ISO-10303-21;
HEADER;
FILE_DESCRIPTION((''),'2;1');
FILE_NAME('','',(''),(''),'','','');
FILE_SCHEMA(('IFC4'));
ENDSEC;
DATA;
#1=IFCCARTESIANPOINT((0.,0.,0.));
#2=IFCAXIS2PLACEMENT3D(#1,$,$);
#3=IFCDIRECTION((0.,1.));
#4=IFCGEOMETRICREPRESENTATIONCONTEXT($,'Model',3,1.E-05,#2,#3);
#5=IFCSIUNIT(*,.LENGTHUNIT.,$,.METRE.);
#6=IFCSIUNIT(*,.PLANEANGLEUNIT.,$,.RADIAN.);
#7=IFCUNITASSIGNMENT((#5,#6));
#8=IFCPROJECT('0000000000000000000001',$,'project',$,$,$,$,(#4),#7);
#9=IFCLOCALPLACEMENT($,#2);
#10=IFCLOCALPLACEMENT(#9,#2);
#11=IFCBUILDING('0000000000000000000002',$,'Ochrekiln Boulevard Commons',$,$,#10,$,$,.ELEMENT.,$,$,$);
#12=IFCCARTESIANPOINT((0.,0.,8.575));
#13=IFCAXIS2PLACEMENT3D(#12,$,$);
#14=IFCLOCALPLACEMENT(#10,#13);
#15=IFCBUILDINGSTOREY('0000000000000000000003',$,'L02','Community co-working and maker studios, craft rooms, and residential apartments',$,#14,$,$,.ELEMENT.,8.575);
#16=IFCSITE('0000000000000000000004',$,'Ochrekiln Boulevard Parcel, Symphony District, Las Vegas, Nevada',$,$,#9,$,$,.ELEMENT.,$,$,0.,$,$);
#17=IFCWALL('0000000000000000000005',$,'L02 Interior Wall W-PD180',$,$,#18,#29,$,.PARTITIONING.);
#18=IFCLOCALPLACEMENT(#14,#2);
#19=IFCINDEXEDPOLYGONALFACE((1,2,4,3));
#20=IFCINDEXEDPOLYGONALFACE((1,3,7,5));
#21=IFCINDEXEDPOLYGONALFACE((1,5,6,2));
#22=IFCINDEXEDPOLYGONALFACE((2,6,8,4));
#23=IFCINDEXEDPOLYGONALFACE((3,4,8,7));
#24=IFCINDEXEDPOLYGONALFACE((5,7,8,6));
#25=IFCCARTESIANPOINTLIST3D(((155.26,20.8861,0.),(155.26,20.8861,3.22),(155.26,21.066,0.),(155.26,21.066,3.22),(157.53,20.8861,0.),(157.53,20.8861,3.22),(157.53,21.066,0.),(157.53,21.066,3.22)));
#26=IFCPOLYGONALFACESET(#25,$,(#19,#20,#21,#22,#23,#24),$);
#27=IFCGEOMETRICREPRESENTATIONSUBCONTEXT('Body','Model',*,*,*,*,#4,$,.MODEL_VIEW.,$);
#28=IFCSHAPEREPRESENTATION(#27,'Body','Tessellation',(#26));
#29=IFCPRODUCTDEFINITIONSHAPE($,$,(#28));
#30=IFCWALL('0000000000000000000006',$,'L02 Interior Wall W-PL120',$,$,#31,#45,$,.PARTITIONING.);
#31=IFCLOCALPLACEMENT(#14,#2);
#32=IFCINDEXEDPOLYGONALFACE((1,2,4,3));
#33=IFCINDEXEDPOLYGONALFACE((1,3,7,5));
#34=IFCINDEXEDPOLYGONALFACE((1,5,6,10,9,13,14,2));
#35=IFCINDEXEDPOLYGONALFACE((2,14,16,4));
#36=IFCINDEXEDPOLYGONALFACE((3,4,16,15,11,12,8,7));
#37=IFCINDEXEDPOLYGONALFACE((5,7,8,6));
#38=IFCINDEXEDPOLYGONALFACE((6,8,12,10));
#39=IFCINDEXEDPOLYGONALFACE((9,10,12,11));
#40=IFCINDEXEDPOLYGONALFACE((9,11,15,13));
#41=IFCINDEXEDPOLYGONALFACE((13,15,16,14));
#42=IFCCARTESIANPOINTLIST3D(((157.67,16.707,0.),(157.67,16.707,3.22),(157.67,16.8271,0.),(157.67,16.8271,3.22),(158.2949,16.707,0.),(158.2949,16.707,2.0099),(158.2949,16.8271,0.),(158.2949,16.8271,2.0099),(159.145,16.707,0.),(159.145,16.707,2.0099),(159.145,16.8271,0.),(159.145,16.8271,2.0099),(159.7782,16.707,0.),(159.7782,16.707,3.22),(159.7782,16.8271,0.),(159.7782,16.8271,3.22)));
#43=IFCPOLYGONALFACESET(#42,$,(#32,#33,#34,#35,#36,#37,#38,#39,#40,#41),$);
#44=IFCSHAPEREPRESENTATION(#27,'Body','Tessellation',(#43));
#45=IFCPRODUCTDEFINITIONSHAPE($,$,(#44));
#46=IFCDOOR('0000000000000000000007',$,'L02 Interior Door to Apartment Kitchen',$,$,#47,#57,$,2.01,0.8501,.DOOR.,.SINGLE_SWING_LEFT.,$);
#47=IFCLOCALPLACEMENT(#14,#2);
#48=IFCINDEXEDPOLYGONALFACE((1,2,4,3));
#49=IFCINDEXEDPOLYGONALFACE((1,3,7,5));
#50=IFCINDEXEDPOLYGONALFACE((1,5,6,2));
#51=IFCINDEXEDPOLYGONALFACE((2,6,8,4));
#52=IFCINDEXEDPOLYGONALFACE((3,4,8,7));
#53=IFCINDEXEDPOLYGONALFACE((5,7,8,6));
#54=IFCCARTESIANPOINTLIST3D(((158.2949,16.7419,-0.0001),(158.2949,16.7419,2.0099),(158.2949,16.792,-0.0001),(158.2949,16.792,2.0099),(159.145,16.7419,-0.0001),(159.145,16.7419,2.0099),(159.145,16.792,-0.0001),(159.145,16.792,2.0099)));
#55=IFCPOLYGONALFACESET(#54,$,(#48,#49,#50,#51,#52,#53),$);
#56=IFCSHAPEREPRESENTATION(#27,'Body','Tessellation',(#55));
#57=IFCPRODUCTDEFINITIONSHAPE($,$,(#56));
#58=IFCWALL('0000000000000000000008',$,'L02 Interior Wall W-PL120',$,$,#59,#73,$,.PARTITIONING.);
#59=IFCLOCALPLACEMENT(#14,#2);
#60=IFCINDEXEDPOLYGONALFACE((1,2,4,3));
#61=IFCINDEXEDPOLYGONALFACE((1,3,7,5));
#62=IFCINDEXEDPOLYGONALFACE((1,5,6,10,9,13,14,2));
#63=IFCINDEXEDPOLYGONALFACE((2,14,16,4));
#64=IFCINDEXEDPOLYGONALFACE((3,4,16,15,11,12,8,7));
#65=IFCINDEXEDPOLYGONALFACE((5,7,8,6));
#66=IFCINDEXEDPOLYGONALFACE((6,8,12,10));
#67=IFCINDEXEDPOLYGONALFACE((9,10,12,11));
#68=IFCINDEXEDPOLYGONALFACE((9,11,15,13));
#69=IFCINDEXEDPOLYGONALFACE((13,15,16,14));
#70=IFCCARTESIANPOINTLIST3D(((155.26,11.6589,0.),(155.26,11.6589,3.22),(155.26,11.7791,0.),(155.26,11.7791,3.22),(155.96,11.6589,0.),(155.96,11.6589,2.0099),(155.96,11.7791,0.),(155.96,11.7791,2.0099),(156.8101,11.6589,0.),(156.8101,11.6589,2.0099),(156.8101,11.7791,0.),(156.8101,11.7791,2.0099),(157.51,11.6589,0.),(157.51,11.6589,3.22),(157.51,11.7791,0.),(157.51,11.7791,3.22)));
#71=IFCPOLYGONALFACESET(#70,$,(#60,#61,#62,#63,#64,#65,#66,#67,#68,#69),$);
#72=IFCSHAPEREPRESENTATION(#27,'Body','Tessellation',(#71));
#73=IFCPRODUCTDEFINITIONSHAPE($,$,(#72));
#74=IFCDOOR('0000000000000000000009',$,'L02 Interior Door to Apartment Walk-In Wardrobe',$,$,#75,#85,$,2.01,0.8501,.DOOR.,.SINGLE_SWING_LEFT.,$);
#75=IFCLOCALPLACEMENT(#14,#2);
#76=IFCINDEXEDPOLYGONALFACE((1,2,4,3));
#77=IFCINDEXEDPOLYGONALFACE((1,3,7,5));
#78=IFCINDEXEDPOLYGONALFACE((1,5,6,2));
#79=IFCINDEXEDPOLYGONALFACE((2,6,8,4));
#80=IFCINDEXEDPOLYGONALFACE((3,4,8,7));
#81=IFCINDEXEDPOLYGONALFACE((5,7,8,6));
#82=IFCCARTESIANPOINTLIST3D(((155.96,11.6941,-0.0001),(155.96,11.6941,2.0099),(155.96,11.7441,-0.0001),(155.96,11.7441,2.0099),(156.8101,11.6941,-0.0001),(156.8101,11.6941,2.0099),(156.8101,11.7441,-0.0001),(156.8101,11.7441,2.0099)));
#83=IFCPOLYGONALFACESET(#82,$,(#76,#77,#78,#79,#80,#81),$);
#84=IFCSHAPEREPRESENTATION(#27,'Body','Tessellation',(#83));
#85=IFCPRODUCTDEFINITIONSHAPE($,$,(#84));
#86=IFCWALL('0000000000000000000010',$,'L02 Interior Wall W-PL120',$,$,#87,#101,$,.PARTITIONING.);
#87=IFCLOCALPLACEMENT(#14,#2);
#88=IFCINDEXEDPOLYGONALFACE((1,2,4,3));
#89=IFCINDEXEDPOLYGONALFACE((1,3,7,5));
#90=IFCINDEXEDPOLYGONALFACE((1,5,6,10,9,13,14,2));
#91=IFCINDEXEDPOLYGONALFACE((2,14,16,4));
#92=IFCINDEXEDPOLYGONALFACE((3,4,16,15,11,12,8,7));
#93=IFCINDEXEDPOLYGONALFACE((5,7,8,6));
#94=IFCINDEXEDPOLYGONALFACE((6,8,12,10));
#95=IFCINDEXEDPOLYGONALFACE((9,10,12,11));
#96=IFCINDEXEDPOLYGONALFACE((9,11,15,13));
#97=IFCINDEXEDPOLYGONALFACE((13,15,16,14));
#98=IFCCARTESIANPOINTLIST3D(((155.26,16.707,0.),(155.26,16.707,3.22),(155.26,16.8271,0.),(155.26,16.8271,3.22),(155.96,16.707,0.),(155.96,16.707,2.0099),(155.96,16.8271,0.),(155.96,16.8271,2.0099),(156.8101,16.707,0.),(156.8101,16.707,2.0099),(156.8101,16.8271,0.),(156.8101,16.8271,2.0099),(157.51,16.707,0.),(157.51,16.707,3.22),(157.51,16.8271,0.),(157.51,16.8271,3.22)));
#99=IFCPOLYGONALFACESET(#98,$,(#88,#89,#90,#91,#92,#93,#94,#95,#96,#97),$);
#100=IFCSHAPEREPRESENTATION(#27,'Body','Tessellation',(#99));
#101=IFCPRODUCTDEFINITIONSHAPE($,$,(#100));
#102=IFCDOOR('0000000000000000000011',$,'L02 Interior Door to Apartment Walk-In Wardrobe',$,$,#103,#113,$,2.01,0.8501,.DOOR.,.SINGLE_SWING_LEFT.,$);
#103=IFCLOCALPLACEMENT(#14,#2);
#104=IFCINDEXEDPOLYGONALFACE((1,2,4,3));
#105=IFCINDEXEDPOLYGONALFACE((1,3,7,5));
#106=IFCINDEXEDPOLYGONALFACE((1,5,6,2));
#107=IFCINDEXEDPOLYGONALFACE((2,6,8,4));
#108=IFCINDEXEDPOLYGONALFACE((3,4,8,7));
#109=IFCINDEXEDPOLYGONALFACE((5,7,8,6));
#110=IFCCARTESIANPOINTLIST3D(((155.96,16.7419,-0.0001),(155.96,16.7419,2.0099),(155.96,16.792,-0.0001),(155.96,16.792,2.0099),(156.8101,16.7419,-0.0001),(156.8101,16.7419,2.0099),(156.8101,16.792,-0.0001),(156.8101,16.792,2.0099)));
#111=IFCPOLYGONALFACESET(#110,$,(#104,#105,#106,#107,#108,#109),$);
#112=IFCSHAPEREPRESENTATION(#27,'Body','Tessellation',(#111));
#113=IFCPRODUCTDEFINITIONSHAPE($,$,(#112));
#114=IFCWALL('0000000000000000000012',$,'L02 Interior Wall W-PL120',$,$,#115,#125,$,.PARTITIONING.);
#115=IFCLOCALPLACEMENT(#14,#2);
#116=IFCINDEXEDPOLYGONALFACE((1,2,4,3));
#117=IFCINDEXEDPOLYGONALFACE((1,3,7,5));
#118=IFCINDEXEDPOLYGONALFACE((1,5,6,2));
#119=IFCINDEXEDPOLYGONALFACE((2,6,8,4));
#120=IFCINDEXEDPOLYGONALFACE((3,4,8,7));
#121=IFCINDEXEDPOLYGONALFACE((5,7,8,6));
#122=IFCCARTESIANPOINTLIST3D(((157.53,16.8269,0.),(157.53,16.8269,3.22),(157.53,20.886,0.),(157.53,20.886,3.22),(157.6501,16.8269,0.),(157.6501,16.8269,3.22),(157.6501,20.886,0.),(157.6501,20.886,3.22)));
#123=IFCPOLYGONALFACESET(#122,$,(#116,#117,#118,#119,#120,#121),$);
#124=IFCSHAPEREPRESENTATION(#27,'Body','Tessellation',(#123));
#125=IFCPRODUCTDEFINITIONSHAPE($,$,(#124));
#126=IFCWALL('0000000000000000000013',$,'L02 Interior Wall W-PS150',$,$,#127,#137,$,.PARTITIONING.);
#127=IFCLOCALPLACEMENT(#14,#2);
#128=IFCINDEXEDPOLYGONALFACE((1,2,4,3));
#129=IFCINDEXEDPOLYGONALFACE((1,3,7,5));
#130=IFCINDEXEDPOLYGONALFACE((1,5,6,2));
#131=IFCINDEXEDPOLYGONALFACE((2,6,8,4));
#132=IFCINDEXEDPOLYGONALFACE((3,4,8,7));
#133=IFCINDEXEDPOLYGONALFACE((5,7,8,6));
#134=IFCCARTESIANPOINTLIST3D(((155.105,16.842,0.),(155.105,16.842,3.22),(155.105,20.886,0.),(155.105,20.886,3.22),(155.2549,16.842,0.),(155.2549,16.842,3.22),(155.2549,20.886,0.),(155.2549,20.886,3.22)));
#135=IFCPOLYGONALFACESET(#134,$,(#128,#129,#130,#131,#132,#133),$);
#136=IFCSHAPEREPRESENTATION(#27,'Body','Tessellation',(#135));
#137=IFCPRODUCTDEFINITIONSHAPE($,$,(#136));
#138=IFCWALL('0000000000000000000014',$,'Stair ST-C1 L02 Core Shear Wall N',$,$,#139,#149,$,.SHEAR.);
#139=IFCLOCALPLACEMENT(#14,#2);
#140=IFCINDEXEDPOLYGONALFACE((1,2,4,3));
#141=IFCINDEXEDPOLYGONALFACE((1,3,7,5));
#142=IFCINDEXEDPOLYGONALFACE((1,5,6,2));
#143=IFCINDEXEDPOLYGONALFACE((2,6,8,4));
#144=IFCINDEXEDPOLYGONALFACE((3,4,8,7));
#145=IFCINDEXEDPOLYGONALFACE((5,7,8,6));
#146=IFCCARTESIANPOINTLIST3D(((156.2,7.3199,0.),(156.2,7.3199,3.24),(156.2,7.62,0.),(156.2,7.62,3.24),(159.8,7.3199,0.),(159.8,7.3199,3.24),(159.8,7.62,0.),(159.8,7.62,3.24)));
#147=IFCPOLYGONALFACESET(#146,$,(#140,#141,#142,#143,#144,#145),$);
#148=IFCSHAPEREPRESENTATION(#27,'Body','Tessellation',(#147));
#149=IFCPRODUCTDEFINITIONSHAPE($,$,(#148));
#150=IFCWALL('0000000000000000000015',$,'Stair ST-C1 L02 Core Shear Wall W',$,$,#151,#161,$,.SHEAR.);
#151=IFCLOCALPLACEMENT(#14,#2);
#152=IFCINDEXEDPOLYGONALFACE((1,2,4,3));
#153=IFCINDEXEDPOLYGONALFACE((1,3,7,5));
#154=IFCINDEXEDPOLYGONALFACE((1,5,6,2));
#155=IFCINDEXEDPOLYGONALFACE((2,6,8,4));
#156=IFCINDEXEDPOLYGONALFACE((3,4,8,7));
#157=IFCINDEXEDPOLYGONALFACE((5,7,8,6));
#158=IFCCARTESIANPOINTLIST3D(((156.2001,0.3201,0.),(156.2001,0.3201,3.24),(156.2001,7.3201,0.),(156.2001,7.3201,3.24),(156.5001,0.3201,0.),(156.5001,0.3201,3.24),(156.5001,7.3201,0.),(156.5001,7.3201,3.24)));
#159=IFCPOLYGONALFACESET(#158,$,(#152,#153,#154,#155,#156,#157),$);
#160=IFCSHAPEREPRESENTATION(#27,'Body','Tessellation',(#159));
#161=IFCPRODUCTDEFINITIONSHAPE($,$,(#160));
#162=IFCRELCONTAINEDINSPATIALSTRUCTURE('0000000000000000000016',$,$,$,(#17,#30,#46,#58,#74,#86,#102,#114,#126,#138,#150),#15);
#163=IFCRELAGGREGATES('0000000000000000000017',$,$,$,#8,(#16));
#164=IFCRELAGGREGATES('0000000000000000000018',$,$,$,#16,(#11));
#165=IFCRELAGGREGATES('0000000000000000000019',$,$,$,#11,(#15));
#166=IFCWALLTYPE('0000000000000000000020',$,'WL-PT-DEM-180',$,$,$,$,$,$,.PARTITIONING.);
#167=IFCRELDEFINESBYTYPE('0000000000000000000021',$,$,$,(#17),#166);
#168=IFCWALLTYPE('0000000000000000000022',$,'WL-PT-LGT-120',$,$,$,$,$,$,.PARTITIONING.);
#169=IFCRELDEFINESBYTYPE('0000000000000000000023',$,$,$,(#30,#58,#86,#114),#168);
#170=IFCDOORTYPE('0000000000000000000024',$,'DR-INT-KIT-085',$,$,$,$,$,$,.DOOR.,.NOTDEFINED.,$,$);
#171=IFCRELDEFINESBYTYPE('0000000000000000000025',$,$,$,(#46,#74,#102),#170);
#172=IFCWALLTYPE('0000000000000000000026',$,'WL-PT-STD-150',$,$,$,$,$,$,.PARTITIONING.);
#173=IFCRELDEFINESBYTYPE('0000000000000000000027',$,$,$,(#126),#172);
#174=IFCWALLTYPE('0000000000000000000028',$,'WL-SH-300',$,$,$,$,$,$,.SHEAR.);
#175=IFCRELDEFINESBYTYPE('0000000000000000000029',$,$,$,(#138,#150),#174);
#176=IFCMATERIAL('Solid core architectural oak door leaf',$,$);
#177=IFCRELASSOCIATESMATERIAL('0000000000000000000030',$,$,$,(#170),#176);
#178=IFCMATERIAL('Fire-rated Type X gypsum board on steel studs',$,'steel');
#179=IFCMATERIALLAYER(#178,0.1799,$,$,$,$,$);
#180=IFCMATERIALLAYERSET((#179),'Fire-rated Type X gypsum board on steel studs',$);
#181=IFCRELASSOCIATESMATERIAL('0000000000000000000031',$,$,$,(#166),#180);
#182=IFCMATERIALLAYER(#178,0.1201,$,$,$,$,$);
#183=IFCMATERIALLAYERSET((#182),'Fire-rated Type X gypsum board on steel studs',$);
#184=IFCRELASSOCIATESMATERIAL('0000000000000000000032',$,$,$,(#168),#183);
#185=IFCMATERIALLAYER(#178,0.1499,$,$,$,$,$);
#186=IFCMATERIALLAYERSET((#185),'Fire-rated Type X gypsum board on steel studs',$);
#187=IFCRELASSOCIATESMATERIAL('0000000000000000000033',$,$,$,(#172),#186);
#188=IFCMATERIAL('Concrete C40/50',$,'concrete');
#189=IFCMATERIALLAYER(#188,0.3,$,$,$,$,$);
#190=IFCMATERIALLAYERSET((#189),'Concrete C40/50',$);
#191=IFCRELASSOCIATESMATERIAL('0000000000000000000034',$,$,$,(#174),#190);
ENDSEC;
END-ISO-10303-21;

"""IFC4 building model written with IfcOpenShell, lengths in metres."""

from ifc_helpers import new_model, si_unit, direction, frame, frame_2d, origin, place, context, subcontext, project, spatial, rectangle, extrude, material, layer, layer_set, type_object, element, fill, save


model = new_model("IFC4")

# Units and contexts
model_context = context("Model", 3, precision=1e-05, world=origin(), true_north=direction((0.0, 1.0)))
body_context = subcontext(model_context, "Body", "Model", "MODEL_VIEW")
ifc_project = project(units=[si_unit("LENGTHUNIT", "METRE"), si_unit("PLANEANGLEUNIT", "RADIAN")], contexts=[model_context])

# Site, building, storey
site_placement = place(None, origin())
site = spatial("IfcSite", under=ifc_project, at=site_placement, Name="Ochrekiln Boulevard Parcel, Symphony District, Las Vegas, Nevada", CompositionType="ELEMENT", RefElevation=0.0)
building_placement = place(site_placement, origin())
building = spatial("IfcBuilding", under=site, at=building_placement, Name="Ochrekiln Boulevard Commons", CompositionType="ELEMENT")
storey_placement = place(building_placement, frame((0.0, 0.0, 8.575)))
storey = spatial("IfcBuildingStorey", under=building, at=storey_placement, Name="L02", Description="Community co-working and maker studios, craft rooms, and residential apartments", CompositionType="ELEMENT", Elevation=8.575)

# Shared definitions
ifc_material_1 = material(Name="Concrete C40/50", Category="concrete")

# Shared definitions
ifc_material_2 = material(Name="Solid core architectural oak door leaf")
door_type_1 = type_object("IfcDoorType", Name="DR-INT-KIT-085", OperationType="NOTDEFINED", PredefinedType="DOOR", material=ifc_material_2)

# Wall
ifc_material_3 = material(Name="Fire-rated Type X gypsum board on steel studs", Category="steel")
ifc_layer_1 = layer(ifc_material_3, 0.1799)
ifc_layer_set_1 = layer_set([ifc_layer_1], Name="Fire-rated Type X gypsum board on steel studs")
wall_type_1 = type_object("IfcWallType", Name="WL-PT-DEM-180", PredefinedType="PARTITIONING", material=ifc_layer_set_1)
wall_1_placement = place(storey_placement, frame((155.26, 20.9761, 0.0), z_axis=(0.0, 0.0, 1.0), x_axis=(1.0, 0.0, 0.0)))
element("IfcWall", 1, at=wall_1_placement, inside=storey, type_object=wall_type_1, Name="L02 Interior Wall W-PD180", PredefinedType="PARTITIONING", context=body_context, shape_type="SweptSolid", body=[
    extrude(rectangle(XDim=2.27, YDim=0.1799, at=frame_2d((1.135, 0.0))), origin(), (0.0, 0.0, 1.0), 3.22),
])

# Walls, openings, doors
ifc_layer_2 = layer(ifc_material_3, 0.1201)
ifc_layer_set_2 = layer_set([ifc_layer_2], Name="Fire-rated Type X gypsum board on steel studs")
wall_type_2 = type_object("IfcWallType", Name="WL-PT-LGT-120", PredefinedType="PARTITIONING", material=ifc_layer_set_2)
wall_2_placement = place(storey_placement, frame((157.6699, 16.7671, 0.0), z_axis=(0.0, 0.0, 1.0), x_axis=(1.0, 0.0, 0.0)))
wall_2 = element("IfcWall", 2, at=wall_2_placement, inside=storey, type_object=wall_type_2, Name="L02 Interior Wall W-PL120", PredefinedType="PARTITIONING", context=body_context, shape_type="SweptSolid", body=[
    extrude(rectangle(XDim=2.1082, YDim=0.1201, at=frame_2d((1.0542, 0.0))), origin(), (0.0, 0.0, 1.0), 3.22),
])
opening_1_placement = place(wall_2_placement, frame((0.625, 0.0, 0.0)))
opening_1 = element("IfcOpeningElement", 3, at=opening_1_placement, cuts=wall_2, PredefinedType="OPENING", context=body_context, shape_type="SweptSolid", body=[
    extrude(rectangle(XDim=0.8501, YDim=2.01, at=frame_2d((0.425, 1.0049))), frame((0.0, 0.0701, 0.0), z_axis=(0.0, -1.0, 0.0), x_axis=(1.0, 0.0, 0.0)), (0.0, 0.0, 1.0), 0.1401),
])
door_1_placement = place(opening_1_placement, origin())
door_1 = element("IfcDoor", 4, at=door_1_placement, inside=storey, type_object=door_type_1, Name="L02 Interior Door to Apartment Kitchen", OperationType="SINGLE_SWING_LEFT", OverallHeight=2.01, OverallWidth=0.8501, PredefinedType="DOOR", context=body_context, shape_type="SweptSolid", body=[
    extrude(rectangle(XDim=0.8501, YDim=2.01, at=frame_2d((0.425, 1.0049))), frame((0.0, 0.0249, 0.0), z_axis=(0.0, -1.0, 0.0), x_axis=(1.0, 0.0, 0.0)), (0.0, 0.0, 1.0), 0.05),
])
fill(opening_1, door_1)
wall_3_placement = place(storey_placement, frame((155.26, 11.719, 0.0), z_axis=(0.0, 0.0, 1.0), x_axis=(1.0, 0.0, 0.0)))
wall_3 = element("IfcWall", 5, at=wall_3_placement, inside=storey, type_object=wall_type_2, Name="L02 Interior Wall W-PL120", PredefinedType="PARTITIONING", context=body_context, shape_type="SweptSolid", body=[
    extrude(rectangle(XDim=2.25, YDim=0.1201, at=frame_2d((1.125, 0.0))), origin(), (0.0, 0.0, 1.0), 3.22),
])
opening_2_placement = place(wall_3_placement, frame((0.7, 0.0, 0.0)))
opening_2 = element("IfcOpeningElement", 6, at=opening_2_placement, cuts=wall_3, PredefinedType="OPENING", context=body_context, shape_type="SweptSolid", body=[
    extrude(rectangle(XDim=0.8501, YDim=2.01, at=frame_2d((0.425, 1.0049))), frame((0.0, 0.0701, 0.0), z_axis=(0.0, -1.0, 0.0), x_axis=(1.0, 0.0, 0.0)), (0.0, 0.0, 1.0), 0.1401),
])
door_2_placement = place(opening_2_placement, frame((0.8501, 0.0, 0.0), z_axis=(0.0, 0.0, 1.0), x_axis=(-1.0, 0.0, 0.0)))
door_2 = element("IfcDoor", 7, at=door_2_placement, inside=storey, type_object=door_type_1, Name="L02 Interior Door to Apartment Walk-In Wardrobe", OperationType="SINGLE_SWING_LEFT", OverallHeight=2.01, OverallWidth=0.8501, PredefinedType="DOOR", context=body_context, shape_type="SweptSolid", body=[
    extrude(rectangle(XDim=0.8501, YDim=2.01, at=frame_2d((0.425, 1.0049))), frame((0.0, 0.0249, 0.0), z_axis=(0.0, -1.0, 0.0), x_axis=(1.0, 0.0, 0.0)), (0.0, 0.0, 1.0), 0.05),
])
fill(opening_2, door_2)
wall_4_placement = place(storey_placement, frame((155.26, 16.7671, 0.0), z_axis=(0.0, 0.0, 1.0), x_axis=(1.0, 0.0, 0.0)))
wall_4 = element("IfcWall", 8, at=wall_4_placement, inside=storey, type_object=wall_type_2, Name="L02 Interior Wall W-PL120", PredefinedType="PARTITIONING", context=body_context, shape_type="SweptSolid", body=[
    extrude(rectangle(XDim=2.25, YDim=0.1201, at=frame_2d((1.125, 0.0))), origin(), (0.0, 0.0, 1.0), 3.22),
])
opening_3_placement = place(wall_4_placement, frame((0.7, 0.0, 0.0)))
opening_3 = element("IfcOpeningElement", 9, at=opening_3_placement, cuts=wall_4, PredefinedType="OPENING", context=body_context, shape_type="SweptSolid", body=[
    extrude(rectangle(XDim=0.8501, YDim=2.01, at=frame_2d((0.425, 1.0049))), frame((0.0, 0.0701, 0.0), z_axis=(0.0, -1.0, 0.0), x_axis=(1.0, 0.0, 0.0)), (0.0, 0.0, 1.0), 0.1401),
])
door_3_placement = place(opening_3_placement, origin())
door_3 = element("IfcDoor", 10, at=door_3_placement, inside=storey, type_object=door_type_1, Name="L02 Interior Door to Apartment Walk-In Wardrobe", OperationType="SINGLE_SWING_LEFT", OverallHeight=2.01, OverallWidth=0.8501, PredefinedType="DOOR", context=body_context, shape_type="SweptSolid", body=[
    extrude(rectangle(XDim=0.8501, YDim=2.01, at=frame_2d((0.425, 1.0049))), frame((0.0, 0.0249, 0.0), z_axis=(0.0, -1.0, 0.0), x_axis=(1.0, 0.0, 0.0)), (0.0, 0.0, 1.0), 0.05),
])
fill(opening_3, door_3)

# Walls
wall_5_placement = place(storey_placement, frame((157.5901, 16.8269, 0.0), z_axis=(0.0, 0.0, 1.0), x_axis=(0.0, 1.0, 0.0)))
element("IfcWall", 11, at=wall_5_placement, inside=storey, type_object=wall_type_2, Name="L02 Interior Wall W-PL120", PredefinedType="PARTITIONING", context=body_context, shape_type="SweptSolid", body=[
    extrude(rectangle(XDim=4.0591, YDim=0.1201, at=frame_2d((2.0295, 0.0))), origin(), (0.0, 0.0, 1.0), 3.22),
])
ifc_layer_3 = layer(ifc_material_3, 0.1499)
ifc_layer_set_3 = layer_set([ifc_layer_3], Name="Fire-rated Type X gypsum board on steel studs")
wall_type_3 = type_object("IfcWallType", Name="WL-PT-STD-150", PredefinedType="PARTITIONING", material=ifc_layer_set_3)
wall_6_placement = place(storey_placement, frame((155.1799, 16.842, 0.0), z_axis=(0.0, 0.0, 1.0), x_axis=(0.0, 1.0, 0.0)))
element("IfcWall", 12, at=wall_6_placement, inside=storey, type_object=wall_type_3, Name="L02 Interior Wall W-PS150", PredefinedType="PARTITIONING", context=body_context, shape_type="SweptSolid", body=[
    extrude(rectangle(XDim=4.0439, YDim=0.1499, at=frame_2d((2.022, 0.0))), origin(), (0.0, 0.0, 1.0), 3.22),
])
ifc_layer_4 = layer(ifc_material_1, 0.3)
ifc_layer_set_4 = layer_set([ifc_layer_4], Name="Concrete C40/50")
wall_type_4 = type_object("IfcWallType", Name="WL-SH-300", PredefinedType="SHEAR", material=ifc_layer_set_4)
wall_7_placement = place(storey_placement, frame((156.2, 7.47, 0.0), z_axis=(0.0, 0.0, 1.0), x_axis=(1.0, 0.0, 0.0)))
element("IfcWall", 13, at=wall_7_placement, inside=storey, type_object=wall_type_4, Name="Stair ST-C1 L02 Core Shear Wall N", PredefinedType="SHEAR", context=body_context, shape_type="SweptSolid", body=[
    extrude(rectangle(XDim=3.6001, YDim=0.3, at=frame_2d((1.8, 0.0))), origin(), (0.0, 0.0, 1.0), 3.24),
])
wall_8_placement = place(storey_placement, frame((156.3501, 0.3201, 0.0), z_axis=(0.0, 0.0, 1.0), x_axis=(0.0, 1.0, 0.0)))
element("IfcWall", 14, at=wall_8_placement, inside=storey, type_object=wall_type_4, Name="Stair ST-C1 L02 Core Shear Wall W", PredefinedType="SHEAR", context=body_context, shape_type="SweptSolid", body=[
    extrude(rectangle(XDim=7.0, YDim=0.3, at=frame_2d((3.5, 0.0))), origin(), (0.0, 0.0, 1.0), 3.24),
])

save(model, "model.ifc")
